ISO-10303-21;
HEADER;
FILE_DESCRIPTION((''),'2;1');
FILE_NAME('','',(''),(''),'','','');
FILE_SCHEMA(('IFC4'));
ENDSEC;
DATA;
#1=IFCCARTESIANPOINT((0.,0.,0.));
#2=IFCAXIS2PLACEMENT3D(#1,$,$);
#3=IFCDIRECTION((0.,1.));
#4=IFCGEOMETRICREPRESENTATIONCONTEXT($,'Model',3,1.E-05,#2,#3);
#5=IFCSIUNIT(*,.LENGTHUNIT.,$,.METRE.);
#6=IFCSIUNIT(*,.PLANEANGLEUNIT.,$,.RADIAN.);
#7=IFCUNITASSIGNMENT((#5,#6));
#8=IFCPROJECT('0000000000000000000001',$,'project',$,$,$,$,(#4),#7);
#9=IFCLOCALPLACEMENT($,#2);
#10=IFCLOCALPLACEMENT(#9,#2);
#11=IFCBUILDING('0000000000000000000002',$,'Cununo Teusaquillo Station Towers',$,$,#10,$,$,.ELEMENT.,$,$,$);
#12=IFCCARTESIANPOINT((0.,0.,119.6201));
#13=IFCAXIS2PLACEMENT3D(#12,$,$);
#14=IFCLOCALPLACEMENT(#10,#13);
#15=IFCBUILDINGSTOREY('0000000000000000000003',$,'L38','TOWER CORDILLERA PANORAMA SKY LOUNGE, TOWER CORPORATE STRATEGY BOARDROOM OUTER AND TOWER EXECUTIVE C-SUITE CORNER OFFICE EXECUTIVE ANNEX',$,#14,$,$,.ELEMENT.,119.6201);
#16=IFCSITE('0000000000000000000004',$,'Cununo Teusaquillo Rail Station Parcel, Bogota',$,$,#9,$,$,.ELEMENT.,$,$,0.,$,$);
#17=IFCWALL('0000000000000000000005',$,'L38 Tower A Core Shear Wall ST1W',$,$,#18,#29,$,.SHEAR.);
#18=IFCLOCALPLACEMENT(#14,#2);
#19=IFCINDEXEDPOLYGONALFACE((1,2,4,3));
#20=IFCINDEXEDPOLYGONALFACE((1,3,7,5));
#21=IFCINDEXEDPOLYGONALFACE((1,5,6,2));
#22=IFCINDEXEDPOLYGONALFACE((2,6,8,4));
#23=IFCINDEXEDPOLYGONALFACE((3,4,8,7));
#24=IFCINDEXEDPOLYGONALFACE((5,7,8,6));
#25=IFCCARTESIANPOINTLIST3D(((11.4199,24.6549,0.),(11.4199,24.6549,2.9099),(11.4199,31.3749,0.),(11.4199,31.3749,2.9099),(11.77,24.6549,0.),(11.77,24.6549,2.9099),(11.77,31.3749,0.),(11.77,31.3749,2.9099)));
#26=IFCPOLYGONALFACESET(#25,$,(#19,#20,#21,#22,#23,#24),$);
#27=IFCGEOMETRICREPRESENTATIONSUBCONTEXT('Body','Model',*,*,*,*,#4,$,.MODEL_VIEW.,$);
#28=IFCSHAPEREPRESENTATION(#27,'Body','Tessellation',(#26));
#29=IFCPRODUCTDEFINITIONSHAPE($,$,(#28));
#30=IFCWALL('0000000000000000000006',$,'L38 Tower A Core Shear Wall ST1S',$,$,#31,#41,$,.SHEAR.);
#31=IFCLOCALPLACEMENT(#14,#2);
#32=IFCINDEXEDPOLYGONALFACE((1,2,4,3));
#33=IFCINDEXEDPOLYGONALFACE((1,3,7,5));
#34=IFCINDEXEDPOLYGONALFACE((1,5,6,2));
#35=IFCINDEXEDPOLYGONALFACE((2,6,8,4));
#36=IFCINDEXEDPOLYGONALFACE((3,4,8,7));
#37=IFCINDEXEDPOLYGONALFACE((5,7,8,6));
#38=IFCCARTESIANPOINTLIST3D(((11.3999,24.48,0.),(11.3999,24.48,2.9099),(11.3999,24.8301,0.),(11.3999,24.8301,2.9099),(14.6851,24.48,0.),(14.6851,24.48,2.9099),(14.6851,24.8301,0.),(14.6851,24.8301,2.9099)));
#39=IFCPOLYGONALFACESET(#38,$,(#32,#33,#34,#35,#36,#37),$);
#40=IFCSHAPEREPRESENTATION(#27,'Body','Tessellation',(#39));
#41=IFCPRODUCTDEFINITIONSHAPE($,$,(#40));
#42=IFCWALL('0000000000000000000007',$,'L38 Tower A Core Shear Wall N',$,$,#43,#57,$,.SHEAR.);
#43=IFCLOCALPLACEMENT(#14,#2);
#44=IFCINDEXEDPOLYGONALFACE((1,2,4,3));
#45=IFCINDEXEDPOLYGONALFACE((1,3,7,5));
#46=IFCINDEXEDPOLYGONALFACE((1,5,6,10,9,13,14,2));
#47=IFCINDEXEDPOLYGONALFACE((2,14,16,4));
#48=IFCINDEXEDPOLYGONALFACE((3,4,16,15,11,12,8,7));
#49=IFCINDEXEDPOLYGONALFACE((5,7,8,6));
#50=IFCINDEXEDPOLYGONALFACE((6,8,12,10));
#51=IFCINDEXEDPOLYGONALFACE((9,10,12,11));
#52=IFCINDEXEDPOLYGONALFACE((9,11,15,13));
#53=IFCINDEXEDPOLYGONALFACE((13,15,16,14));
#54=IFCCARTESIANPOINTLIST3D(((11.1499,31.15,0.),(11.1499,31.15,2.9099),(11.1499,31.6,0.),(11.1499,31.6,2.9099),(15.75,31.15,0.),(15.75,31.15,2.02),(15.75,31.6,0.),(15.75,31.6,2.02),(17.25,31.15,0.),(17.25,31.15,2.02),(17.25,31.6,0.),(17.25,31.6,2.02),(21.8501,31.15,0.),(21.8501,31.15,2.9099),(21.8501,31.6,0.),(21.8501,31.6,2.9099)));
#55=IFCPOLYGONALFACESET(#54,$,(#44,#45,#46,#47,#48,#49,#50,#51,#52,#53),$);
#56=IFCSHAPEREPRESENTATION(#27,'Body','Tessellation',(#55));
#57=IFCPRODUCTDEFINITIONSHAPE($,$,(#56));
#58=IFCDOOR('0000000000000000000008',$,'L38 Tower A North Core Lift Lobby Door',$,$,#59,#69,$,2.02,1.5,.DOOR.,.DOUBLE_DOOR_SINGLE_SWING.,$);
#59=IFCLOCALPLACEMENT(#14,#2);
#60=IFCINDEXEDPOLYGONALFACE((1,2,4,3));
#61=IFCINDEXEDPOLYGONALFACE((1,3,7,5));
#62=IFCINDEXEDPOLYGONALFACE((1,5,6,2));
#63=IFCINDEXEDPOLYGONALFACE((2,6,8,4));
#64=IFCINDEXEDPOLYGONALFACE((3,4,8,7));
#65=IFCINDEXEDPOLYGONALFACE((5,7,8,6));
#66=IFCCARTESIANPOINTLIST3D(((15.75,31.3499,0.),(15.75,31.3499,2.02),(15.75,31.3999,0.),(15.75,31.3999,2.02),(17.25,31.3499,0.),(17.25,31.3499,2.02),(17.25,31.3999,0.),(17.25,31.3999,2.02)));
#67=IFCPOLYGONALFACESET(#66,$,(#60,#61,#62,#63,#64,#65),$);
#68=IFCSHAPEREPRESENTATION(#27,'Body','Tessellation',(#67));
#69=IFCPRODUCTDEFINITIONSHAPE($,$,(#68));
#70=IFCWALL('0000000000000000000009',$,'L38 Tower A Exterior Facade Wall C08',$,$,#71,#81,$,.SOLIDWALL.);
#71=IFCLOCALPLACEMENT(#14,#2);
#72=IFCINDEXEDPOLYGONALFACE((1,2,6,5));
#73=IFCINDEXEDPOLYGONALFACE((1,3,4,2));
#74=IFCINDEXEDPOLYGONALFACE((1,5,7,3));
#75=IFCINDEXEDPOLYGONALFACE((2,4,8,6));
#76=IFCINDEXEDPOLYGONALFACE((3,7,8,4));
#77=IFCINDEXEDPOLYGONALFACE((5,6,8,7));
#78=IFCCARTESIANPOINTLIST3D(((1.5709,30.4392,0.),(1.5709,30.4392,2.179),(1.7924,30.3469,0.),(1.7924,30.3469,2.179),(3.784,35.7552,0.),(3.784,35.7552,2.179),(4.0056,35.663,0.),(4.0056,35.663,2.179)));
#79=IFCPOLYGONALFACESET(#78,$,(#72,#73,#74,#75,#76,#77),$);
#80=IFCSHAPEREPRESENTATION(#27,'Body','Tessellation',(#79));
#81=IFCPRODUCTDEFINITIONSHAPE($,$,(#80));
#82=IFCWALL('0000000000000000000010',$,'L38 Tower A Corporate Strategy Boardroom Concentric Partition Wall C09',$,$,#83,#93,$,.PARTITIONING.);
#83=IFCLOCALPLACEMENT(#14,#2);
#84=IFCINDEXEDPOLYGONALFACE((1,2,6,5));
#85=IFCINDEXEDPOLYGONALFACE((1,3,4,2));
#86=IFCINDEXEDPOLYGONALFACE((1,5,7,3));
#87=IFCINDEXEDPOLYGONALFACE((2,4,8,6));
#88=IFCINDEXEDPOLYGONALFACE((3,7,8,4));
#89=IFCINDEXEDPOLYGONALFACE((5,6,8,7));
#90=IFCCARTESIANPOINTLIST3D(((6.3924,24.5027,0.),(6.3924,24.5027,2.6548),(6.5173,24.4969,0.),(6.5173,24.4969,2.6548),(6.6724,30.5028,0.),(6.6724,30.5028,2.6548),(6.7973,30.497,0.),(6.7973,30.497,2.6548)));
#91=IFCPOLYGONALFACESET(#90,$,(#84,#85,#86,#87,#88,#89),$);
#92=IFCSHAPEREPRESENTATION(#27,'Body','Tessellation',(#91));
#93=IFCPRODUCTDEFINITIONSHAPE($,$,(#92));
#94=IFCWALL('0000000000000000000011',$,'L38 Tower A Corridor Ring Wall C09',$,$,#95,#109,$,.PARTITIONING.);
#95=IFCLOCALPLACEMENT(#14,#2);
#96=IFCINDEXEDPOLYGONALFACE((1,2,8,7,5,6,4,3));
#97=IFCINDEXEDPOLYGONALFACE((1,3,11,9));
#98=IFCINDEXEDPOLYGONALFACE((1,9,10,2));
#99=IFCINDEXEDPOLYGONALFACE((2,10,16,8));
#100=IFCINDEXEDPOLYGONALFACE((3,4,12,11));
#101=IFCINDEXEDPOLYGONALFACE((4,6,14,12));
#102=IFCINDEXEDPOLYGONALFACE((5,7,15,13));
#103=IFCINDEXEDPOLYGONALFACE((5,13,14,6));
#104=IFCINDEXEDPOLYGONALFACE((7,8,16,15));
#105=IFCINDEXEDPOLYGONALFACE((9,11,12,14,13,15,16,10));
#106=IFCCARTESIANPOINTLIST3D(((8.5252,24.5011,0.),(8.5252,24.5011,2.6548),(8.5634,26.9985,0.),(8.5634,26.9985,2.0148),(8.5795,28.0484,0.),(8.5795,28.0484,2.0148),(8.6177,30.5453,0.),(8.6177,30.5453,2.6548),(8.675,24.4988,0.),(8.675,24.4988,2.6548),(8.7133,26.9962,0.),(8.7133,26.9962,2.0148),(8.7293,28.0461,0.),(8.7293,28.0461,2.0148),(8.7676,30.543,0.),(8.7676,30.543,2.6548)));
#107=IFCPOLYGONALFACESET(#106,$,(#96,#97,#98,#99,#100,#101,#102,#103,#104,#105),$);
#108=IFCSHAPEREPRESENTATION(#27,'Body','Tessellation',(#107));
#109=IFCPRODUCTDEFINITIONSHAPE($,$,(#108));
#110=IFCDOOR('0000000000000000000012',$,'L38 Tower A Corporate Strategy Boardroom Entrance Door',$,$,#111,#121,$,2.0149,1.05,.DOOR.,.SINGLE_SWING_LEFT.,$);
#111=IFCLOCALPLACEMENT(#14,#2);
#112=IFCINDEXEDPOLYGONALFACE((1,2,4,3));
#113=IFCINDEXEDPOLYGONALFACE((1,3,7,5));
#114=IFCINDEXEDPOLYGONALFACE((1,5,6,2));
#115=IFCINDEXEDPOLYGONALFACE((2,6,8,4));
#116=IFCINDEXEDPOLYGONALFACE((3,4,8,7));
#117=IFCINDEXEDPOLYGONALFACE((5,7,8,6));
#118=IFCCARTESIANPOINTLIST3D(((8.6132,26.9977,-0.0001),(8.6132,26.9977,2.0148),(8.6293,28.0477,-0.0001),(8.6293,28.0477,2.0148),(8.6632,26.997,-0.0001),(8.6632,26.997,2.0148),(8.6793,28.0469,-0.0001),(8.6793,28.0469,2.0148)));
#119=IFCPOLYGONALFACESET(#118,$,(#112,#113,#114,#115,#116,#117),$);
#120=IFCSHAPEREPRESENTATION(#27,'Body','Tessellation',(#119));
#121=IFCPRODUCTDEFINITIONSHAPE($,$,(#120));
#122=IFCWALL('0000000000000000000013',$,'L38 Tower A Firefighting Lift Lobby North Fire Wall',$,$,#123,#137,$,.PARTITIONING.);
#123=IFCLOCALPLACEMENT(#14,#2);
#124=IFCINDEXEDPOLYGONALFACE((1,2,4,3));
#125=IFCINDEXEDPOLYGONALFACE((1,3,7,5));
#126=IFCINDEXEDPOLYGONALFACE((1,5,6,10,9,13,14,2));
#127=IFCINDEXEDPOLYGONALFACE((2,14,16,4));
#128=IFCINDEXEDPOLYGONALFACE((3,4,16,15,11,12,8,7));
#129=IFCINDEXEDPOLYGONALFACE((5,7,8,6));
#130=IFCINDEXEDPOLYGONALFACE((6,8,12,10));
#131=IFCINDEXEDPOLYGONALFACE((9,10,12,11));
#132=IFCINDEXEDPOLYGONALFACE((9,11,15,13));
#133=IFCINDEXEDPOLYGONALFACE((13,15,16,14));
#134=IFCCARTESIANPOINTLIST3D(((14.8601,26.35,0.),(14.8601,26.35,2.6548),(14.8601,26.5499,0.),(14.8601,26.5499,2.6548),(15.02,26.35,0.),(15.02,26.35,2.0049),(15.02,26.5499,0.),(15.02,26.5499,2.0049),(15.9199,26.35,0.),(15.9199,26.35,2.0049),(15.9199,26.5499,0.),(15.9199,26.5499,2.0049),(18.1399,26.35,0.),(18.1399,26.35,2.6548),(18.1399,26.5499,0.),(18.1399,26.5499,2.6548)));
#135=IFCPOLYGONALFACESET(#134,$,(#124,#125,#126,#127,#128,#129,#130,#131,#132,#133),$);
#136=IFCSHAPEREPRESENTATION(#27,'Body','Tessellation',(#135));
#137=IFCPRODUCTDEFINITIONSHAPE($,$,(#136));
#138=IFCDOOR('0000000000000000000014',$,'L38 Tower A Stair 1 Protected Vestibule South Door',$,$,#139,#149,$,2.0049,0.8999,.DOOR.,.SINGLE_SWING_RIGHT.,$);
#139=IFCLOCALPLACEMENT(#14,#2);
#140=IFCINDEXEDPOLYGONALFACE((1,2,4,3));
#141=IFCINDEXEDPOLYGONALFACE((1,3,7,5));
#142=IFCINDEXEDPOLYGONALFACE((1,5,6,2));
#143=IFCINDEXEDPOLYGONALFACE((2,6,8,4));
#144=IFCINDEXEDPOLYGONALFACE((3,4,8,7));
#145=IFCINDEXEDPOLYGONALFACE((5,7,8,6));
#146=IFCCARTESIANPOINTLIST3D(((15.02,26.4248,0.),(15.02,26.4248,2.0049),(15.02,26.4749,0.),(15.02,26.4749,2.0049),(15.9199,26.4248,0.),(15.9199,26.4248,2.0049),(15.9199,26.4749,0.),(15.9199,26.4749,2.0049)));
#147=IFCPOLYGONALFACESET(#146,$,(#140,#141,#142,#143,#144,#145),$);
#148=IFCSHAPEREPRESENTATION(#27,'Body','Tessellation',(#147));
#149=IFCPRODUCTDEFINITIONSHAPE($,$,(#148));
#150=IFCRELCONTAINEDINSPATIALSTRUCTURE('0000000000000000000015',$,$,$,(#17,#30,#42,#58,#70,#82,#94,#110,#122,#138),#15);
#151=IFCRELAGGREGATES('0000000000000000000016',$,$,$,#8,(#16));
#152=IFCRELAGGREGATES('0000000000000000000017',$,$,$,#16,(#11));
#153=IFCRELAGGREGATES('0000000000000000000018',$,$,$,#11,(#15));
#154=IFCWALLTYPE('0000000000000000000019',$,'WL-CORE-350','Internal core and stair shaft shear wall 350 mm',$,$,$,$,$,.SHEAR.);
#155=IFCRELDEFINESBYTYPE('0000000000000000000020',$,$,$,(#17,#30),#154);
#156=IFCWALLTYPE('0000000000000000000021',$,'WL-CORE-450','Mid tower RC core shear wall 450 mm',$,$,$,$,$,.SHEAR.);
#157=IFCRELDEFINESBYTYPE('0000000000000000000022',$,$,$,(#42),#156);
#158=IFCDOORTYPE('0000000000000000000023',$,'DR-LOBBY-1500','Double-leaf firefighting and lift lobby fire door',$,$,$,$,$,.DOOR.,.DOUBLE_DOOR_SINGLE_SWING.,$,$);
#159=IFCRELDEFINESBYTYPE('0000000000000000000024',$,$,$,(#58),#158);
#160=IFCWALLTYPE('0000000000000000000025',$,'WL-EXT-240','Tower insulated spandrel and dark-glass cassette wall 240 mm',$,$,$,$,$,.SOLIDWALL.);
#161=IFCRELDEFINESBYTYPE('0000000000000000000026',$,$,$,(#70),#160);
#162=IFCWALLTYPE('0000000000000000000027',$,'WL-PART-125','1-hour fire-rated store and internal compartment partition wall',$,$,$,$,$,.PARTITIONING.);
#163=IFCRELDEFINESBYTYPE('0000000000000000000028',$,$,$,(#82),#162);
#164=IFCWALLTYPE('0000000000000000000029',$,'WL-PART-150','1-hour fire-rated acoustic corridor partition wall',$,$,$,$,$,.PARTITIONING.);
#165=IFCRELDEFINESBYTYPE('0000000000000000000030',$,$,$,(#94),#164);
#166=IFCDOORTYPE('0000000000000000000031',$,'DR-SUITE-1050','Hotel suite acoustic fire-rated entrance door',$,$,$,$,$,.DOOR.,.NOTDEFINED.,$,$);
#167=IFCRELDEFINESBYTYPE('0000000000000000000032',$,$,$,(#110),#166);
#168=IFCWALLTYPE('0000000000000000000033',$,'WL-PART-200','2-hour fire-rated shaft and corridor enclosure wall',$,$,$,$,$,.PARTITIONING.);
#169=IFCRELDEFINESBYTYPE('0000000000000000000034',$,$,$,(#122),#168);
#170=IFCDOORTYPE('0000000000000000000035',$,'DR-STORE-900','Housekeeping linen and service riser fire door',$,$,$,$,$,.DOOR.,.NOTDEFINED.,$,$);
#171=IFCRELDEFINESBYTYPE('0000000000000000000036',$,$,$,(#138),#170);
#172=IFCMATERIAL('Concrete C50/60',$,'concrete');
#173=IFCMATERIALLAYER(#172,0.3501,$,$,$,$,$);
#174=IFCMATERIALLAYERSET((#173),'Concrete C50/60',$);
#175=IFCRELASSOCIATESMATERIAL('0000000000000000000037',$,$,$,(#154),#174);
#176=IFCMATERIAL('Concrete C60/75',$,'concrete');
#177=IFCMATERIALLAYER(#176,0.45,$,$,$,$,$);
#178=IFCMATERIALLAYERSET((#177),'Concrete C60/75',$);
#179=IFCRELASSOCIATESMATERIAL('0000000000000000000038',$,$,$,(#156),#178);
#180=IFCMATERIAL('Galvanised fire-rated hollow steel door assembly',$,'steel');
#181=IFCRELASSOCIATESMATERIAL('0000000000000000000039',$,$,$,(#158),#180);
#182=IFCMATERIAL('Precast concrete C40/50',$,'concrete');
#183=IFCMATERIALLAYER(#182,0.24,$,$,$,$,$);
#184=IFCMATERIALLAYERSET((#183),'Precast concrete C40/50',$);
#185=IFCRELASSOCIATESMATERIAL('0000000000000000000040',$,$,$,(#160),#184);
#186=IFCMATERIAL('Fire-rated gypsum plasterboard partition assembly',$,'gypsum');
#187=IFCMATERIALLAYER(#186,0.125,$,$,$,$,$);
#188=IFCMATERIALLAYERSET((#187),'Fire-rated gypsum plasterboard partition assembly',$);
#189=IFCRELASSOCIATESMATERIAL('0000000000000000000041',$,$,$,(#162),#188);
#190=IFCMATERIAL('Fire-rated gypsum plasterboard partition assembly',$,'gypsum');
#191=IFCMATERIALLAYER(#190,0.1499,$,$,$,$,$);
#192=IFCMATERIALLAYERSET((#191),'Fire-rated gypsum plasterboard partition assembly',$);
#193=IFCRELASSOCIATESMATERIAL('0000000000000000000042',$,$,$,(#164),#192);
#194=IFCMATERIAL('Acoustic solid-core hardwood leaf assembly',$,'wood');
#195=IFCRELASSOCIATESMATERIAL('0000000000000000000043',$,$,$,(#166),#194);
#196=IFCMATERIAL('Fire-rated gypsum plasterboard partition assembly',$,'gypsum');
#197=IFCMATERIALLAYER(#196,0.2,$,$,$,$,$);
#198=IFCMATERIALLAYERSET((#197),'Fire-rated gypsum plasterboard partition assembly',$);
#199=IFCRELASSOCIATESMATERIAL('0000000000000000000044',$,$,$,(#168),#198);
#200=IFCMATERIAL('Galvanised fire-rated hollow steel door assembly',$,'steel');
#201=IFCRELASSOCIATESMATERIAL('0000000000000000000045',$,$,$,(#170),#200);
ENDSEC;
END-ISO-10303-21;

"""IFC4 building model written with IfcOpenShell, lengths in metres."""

from ifc_helpers import new_model, si_unit, direction, frame, frame_2d, origin, place, context, subcontext, project, spatial, rectangle, extrude, source, transform, mapped, material, layer, layer_set, type_object, element, fill, save


model = new_model("IFC4")

# Units and contexts
model_context = context("Model", 3, precision=1e-05, world=origin(), true_north=direction((0.0, 1.0)))
body_context = subcontext(model_context, "Body", "Model", "MODEL_VIEW")
ifc_project = project(units=[si_unit("LENGTHUNIT", "METRE"), si_unit("PLANEANGLEUNIT", "RADIAN")], contexts=[model_context])

# Site, building, storey
site_placement = place(None, origin())
site = spatial("IfcSite", under=ifc_project, at=site_placement, Name="Cununo Teusaquillo Rail Station Parcel, Bogota", CompositionType="ELEMENT", RefElevation=0.0)
building_placement = place(site_placement, origin())
building = spatial("IfcBuilding", under=site, at=building_placement, Name="Cununo Teusaquillo Station Towers", CompositionType="ELEMENT")
storey_placement = place(building_placement, frame((0.0, 0.0, 119.6201)))
storey = spatial("IfcBuildingStorey", under=building, at=storey_placement, Name="L38", Description="TOWER CORDILLERA PANORAMA SKY LOUNGE, TOWER CORPORATE STRATEGY BOARDROOM OUTER AND TOWER EXECUTIVE C-SUITE CORNER OFFICE EXECUTIVE ANNEX", CompositionType="ELEMENT", Elevation=119.6201)

# Walls
ifc_material_1 = material(Name="Concrete C50/60", Category="concrete")
ifc_layer_1 = layer(ifc_material_1, 0.3501)
ifc_layer_set_1 = layer_set([ifc_layer_1], Name="Concrete C50/60")
wall_type_1 = type_object("IfcWallType", Name="WL-CORE-350", Description="Internal core and stair shaft shear wall 350 mm", PredefinedType="SHEAR", material=ifc_layer_set_1)
wall_1_placement = place(storey_placement, frame((11.595, 24.655, 0.0), z_axis=(0.0, 0.0, 1.0), x_axis=(0.0, 1.0, 0.0)))
element("IfcWall", 1, at=wall_1_placement, inside=storey, type_object=wall_type_1, Name="L38 Tower A Core Shear Wall ST1W", PredefinedType="SHEAR", context=body_context, shape_type="SweptSolid", body=[
    extrude(rectangle(XDim=6.72, YDim=0.3501, at=frame_2d((3.3599, 0.0))), origin(), (0.0, 0.0, 1.0), 2.9099),
])
wall_2_placement = place(storey_placement, frame((11.3999, 24.655, 0.0), z_axis=(0.0, 0.0, 1.0), x_axis=(1.0, 0.0, 0.0)))
element("IfcWall", 2, at=wall_2_placement, inside=storey, type_object=wall_type_1, Name="L38 Tower A Core Shear Wall ST1S", PredefinedType="SHEAR", context=body_context, shape_type="SweptSolid", body=[
    extrude(rectangle(XDim=3.2852, YDim=0.3501, at=frame_2d((1.6426, 0.0))), origin(), (0.0, 0.0, 1.0), 2.9099),
])

# Wall, opening, door
ifc_material_2 = material(Name="Concrete C60/75", Category="concrete")
ifc_layer_2 = layer(ifc_material_2, 0.45)
ifc_layer_set_2 = layer_set([ifc_layer_2], Name="Concrete C60/75")
wall_type_2 = type_object("IfcWallType", Name="WL-CORE-450", Description="Mid tower RC core shear wall 450 mm", PredefinedType="SHEAR", material=ifc_layer_set_2)
wall_3_placement = place(storey_placement, frame((11.1499, 31.375, 0.0), z_axis=(0.0, 0.0, 1.0), x_axis=(1.0, 0.0, 0.0)))
wall_3 = element("IfcWall", 3, at=wall_3_placement, inside=storey, type_object=wall_type_2, Name="L38 Tower A Core Shear Wall N", PredefinedType="SHEAR", context=body_context, shape_type="SweptSolid", body=[
    extrude(rectangle(XDim=10.7002, YDim=0.45, at=frame_2d((5.3501, 0.0))), origin(), (0.0, 0.0, 1.0), 2.9099),
])
shared_shape_1 = source(origin(), body_context, "Body", "SweptSolid", [
    extrude(rectangle(XDim=1.5, YDim=2.02, at=frame_2d((0.75, 1.01))), frame((0.0, 0.2349, 0.0), z_axis=(0.0, -1.0, 0.0), x_axis=(1.0, 0.0, 0.0)), (0.0, 0.0, 1.0), 0.47),
])
opening_1_placement = place(wall_3_placement, frame((4.6001, 0.0, 0.0)))
opening_1 = element("IfcOpeningElement", 4, at=opening_1_placement, cuts=wall_3, PredefinedType="OPENING", context=body_context, shape_type="MappedRepresentation", body=[
    mapped(shared_shape_1, transform((0.0, 0.0, 0.0), x_axis=(1.0, 0.0, 0.0), y_axis=(0.0, 1.0, 0.0), z_axis=(0.0, 0.0, 1.0), scale=1.0)),
])
ifc_material_3 = material(Name="Galvanised fire-rated hollow steel door assembly", Category="steel")
door_type_1 = type_object("IfcDoorType", Name="DR-LOBBY-1500", Description="Double-leaf firefighting and lift lobby fire door", OperationType="DOUBLE_DOOR_SINGLE_SWING", PredefinedType="DOOR", material=ifc_material_3)
shared_shape_2 = source(origin(), body_context, "Body", "SweptSolid", [
    extrude(rectangle(XDim=1.5, YDim=2.02, at=frame_2d((0.75, 1.01))), frame((0.0, 0.0249, 0.0), z_axis=(0.0, -1.0, 0.0), x_axis=(1.0, 0.0, 0.0)), (0.0, 0.0, 1.0), 0.05),
])
door_1_placement = place(opening_1_placement, origin())
door_1 = element("IfcDoor", 5, at=door_1_placement, inside=storey, type_object=door_type_1, Name="L38 Tower A North Core Lift Lobby Door", OperationType="DOUBLE_DOOR_SINGLE_SWING", OverallHeight=2.02, OverallWidth=1.5, PredefinedType="DOOR", context=body_context, shape_type="MappedRepresentation", body=[
    mapped(shared_shape_2, transform((0.0, 0.0, 0.0), x_axis=(1.0, 0.0, 0.0), y_axis=(0.0, 1.0, 0.0), z_axis=(0.0, 0.0, 1.0), scale=1.0)),
])
fill(opening_1, door_1)

# Walls
ifc_material_4 = material(Name="Precast concrete C40/50", Category="concrete")
ifc_layer_3 = layer(ifc_material_4, 0.24)
ifc_layer_set_3 = layer_set([ifc_layer_3], Name="Precast concrete C40/50")
wall_type_3 = type_object("IfcWallType", Name="WL-EXT-240", Description="Tower insulated spandrel and dark-glass cassette wall 240 mm", PredefinedType="SOLIDWALL", material=ifc_layer_set_3)
wall_4_placement = place(storey_placement, frame((1.6816, 30.3931, 0.0), z_axis=(0.0, 0.0, 1.0), x_axis=(0.384344, 0.92319, 0.0)))
element("IfcWall", 6, at=wall_4_placement, inside=storey, type_object=wall_type_3, Name="L38 Tower A Exterior Facade Wall C08", PredefinedType="SOLIDWALL", context=body_context, shape_type="SweptSolid", body=[
    extrude(rectangle(XDim=5.7583, YDim=0.24, at=frame_2d((2.8792, 0.0))), origin(), (0.0, 0.0, 1.0), 2.179),
])
ifc_material_5 = material(Name="Fire-rated gypsum plasterboard partition assembly", Category="gypsum")
ifc_layer_4 = layer(ifc_material_5, 0.125)
ifc_layer_set_4 = layer_set([ifc_layer_4], Name="Fire-rated gypsum plasterboard partition assembly")
wall_type_4 = type_object("IfcWallType", Name="WL-PART-125", Description="1-hour fire-rated store and internal compartment partition wall", PredefinedType="PARTITIONING", material=ifc_layer_set_4)
wall_5_placement = place(storey_placement, frame((6.7349, 30.5, 0.0), z_axis=(0.0, 0.0, 1.0), x_axis=(-0.046621, -0.998913, 0.0)))
element("IfcWall", 7, at=wall_5_placement, inside=storey, type_object=wall_type_4, Name="L38 Tower A Corporate Strategy Boardroom Concentric Partition Wall C09", PredefinedType="PARTITIONING", context=body_context, shape_type="SweptSolid", body=[
    extrude(rectangle(XDim=6.0066, YDim=0.125, at=frame_2d((3.0034, 0.0))), origin(), (0.0, 0.0, 1.0), 2.6548),
])

# Walls, openings, doors
ifc_material_6 = material(Name="Fire-rated gypsum plasterboard partition assembly", Category="gypsum")
ifc_layer_5 = layer(ifc_material_6, 0.1499)
ifc_layer_set_5 = layer_set([ifc_layer_5], Name="Fire-rated gypsum plasterboard partition assembly")
wall_type_5 = type_object("IfcWallType", Name="WL-PART-150", Description="1-hour fire-rated acoustic corridor partition wall", PredefinedType="PARTITIONING", material=ifc_layer_set_5)
wall_6_placement = place(storey_placement, frame((8.6926, 30.5442, 0.0), z_axis=(0.0, 0.0, 1.0), x_axis=(-0.015307, -0.999883, 0.0)))
wall_6 = element("IfcWall", 8, at=wall_6_placement, inside=storey, type_object=wall_type_5, Name="L38 Tower A Corridor Ring Wall C09", PredefinedType="PARTITIONING", context=body_context, shape_type="SweptSolid", body=[
    extrude(rectangle(XDim=6.0449, YDim=0.1499, at=frame_2d((3.0225, 0.0))), origin(), (0.0, 0.0, 1.0), 2.6548),
])
shared_shape_3 = source(origin(), body_context, "Body", "SweptSolid", [
    extrude(rectangle(XDim=1.05, YDim=2.0149, at=frame_2d((0.5249, 1.0073))), frame((0.0, 0.085, 0.0), z_axis=(0.0, -1.0, 0.0), x_axis=(1.0, 0.0, 0.0)), (0.0, 0.0, 1.0), 0.1699),
])
opening_2_placement = place(wall_6_placement, frame((2.4973, 0.0, 0.0)))
opening_2 = element("IfcOpeningElement", 9, at=opening_2_placement, cuts=wall_6, PredefinedType="OPENING", context=body_context, shape_type="MappedRepresentation", body=[
    mapped(shared_shape_3, transform((0.0, 0.0, 0.0), x_axis=(1.0, 0.0, 0.0), y_axis=(0.0, 1.0, 0.0), z_axis=(0.0, 0.0, 1.0), scale=1.0)),
])
ifc_material_7 = material(Name="Acoustic solid-core hardwood leaf assembly", Category="wood")
door_type_2 = type_object("IfcDoorType", Name="DR-SUITE-1050", Description="Hotel suite acoustic fire-rated entrance door", OperationType="NOTDEFINED", PredefinedType="DOOR", material=ifc_material_7)
shared_shape_4 = source(origin(), body_context, "Body", "SweptSolid", [
    extrude(rectangle(XDim=1.05, YDim=2.0149, at=frame_2d((0.5249, 1.0073))), frame((0.0, 0.0249, 0.0), z_axis=(0.0, -1.0, 0.0), x_axis=(1.0, 0.0, 0.0)), (0.0, 0.0, 1.0), 0.05),
])
door_2_placement = place(opening_2_placement, origin())
door_2 = element("IfcDoor", 10, at=door_2_placement, inside=storey, type_object=door_type_2, Name="L38 Tower A Corporate Strategy Boardroom Entrance Door", OperationType="SINGLE_SWING_LEFT", OverallHeight=2.0149, OverallWidth=1.05, PredefinedType="DOOR", context=body_context, shape_type="MappedRepresentation", body=[
    mapped(shared_shape_4, transform((0.0, 0.0, 0.0), x_axis=(1.0, 0.0, 0.0), y_axis=(0.0, 1.0, 0.0), z_axis=(0.0, 0.0, 1.0), scale=1.0)),
])
fill(opening_2, door_2)
ifc_material_8 = material(Name="Fire-rated gypsum plasterboard partition assembly", Category="gypsum")
ifc_layer_6 = layer(ifc_material_8, 0.2)
ifc_layer_set_6 = layer_set([ifc_layer_6], Name="Fire-rated gypsum plasterboard partition assembly")
wall_type_6 = type_object("IfcWallType", Name="WL-PART-200", Description="2-hour fire-rated shaft and corridor enclosure wall", PredefinedType="PARTITIONING", material=ifc_layer_set_6)
wall_7_placement = place(storey_placement, frame((14.8601, 26.45, 0.0), z_axis=(0.0, 0.0, 1.0), x_axis=(1.0, 0.0, 0.0)))
wall_7 = element("IfcWall", 11, at=wall_7_placement, inside=storey, type_object=wall_type_6, Name="L38 Tower A Firefighting Lift Lobby North Fire Wall", PredefinedType="PARTITIONING", context=body_context, shape_type="SweptSolid", body=[
    extrude(rectangle(XDim=3.2798, YDim=0.2, at=frame_2d((1.6399, 0.0))), origin(), (0.0, 0.0, 1.0), 2.6548),
])
shared_shape_5 = source(origin(), body_context, "Body", "SweptSolid", [
    extrude(rectangle(XDim=0.8999, YDim=2.0049, at=frame_2d((0.45, 1.0024))), frame((0.0, 0.1099, 0.0), z_axis=(0.0, -1.0, 0.0), x_axis=(1.0, 0.0, 0.0)), (0.0, 0.0, 1.0), 0.22),
])
opening_3_placement = place(wall_7_placement, frame((0.1599, 0.0, 0.0)))
opening_3 = element("IfcOpeningElement", 12, at=opening_3_placement, cuts=wall_7, PredefinedType="OPENING", context=body_context, shape_type="MappedRepresentation", body=[
    mapped(shared_shape_5, transform((0.0, 0.0, 0.0), x_axis=(1.0, 0.0, 0.0), y_axis=(0.0, 1.0, 0.0), z_axis=(0.0, 0.0, 1.0), scale=1.0)),
])
ifc_material_9 = material(Name="Galvanised fire-rated hollow steel door assembly", Category="steel")
door_type_3 = type_object("IfcDoorType", Name="DR-STORE-900", Description="Housekeeping linen and service riser fire door", OperationType="NOTDEFINED", PredefinedType="DOOR", material=ifc_material_9)
shared_shape_6 = source(origin(), body_context, "Body", "SweptSolid", [
    extrude(rectangle(XDim=0.8999, YDim=2.0049, at=frame_2d((0.45, 1.0024))), frame((0.0, 0.0249, 0.0), z_axis=(0.0, -1.0, 0.0), x_axis=(1.0, 0.0, 0.0)), (0.0, 0.0, 1.0), 0.05),
])
door_3_placement = place(opening_3_placement, origin())
door_3 = element("IfcDoor", 13, at=door_3_placement, inside=storey, type_object=door_type_3, Name="L38 Tower A Stair 1 Protected Vestibule South Door", OperationType="SINGLE_SWING_RIGHT", OverallHeight=2.0049, OverallWidth=0.8999, PredefinedType="DOOR", context=body_context, shape_type="MappedRepresentation", body=[
    mapped(shared_shape_6, transform((0.0, 0.0, 0.0), x_axis=(1.0, 0.0, 0.0), y_axis=(0.0, 1.0, 0.0), z_axis=(0.0, 0.0, 1.0), scale=1.0)),
])
fill(opening_3, door_3)

save(model, "model.ifc")
